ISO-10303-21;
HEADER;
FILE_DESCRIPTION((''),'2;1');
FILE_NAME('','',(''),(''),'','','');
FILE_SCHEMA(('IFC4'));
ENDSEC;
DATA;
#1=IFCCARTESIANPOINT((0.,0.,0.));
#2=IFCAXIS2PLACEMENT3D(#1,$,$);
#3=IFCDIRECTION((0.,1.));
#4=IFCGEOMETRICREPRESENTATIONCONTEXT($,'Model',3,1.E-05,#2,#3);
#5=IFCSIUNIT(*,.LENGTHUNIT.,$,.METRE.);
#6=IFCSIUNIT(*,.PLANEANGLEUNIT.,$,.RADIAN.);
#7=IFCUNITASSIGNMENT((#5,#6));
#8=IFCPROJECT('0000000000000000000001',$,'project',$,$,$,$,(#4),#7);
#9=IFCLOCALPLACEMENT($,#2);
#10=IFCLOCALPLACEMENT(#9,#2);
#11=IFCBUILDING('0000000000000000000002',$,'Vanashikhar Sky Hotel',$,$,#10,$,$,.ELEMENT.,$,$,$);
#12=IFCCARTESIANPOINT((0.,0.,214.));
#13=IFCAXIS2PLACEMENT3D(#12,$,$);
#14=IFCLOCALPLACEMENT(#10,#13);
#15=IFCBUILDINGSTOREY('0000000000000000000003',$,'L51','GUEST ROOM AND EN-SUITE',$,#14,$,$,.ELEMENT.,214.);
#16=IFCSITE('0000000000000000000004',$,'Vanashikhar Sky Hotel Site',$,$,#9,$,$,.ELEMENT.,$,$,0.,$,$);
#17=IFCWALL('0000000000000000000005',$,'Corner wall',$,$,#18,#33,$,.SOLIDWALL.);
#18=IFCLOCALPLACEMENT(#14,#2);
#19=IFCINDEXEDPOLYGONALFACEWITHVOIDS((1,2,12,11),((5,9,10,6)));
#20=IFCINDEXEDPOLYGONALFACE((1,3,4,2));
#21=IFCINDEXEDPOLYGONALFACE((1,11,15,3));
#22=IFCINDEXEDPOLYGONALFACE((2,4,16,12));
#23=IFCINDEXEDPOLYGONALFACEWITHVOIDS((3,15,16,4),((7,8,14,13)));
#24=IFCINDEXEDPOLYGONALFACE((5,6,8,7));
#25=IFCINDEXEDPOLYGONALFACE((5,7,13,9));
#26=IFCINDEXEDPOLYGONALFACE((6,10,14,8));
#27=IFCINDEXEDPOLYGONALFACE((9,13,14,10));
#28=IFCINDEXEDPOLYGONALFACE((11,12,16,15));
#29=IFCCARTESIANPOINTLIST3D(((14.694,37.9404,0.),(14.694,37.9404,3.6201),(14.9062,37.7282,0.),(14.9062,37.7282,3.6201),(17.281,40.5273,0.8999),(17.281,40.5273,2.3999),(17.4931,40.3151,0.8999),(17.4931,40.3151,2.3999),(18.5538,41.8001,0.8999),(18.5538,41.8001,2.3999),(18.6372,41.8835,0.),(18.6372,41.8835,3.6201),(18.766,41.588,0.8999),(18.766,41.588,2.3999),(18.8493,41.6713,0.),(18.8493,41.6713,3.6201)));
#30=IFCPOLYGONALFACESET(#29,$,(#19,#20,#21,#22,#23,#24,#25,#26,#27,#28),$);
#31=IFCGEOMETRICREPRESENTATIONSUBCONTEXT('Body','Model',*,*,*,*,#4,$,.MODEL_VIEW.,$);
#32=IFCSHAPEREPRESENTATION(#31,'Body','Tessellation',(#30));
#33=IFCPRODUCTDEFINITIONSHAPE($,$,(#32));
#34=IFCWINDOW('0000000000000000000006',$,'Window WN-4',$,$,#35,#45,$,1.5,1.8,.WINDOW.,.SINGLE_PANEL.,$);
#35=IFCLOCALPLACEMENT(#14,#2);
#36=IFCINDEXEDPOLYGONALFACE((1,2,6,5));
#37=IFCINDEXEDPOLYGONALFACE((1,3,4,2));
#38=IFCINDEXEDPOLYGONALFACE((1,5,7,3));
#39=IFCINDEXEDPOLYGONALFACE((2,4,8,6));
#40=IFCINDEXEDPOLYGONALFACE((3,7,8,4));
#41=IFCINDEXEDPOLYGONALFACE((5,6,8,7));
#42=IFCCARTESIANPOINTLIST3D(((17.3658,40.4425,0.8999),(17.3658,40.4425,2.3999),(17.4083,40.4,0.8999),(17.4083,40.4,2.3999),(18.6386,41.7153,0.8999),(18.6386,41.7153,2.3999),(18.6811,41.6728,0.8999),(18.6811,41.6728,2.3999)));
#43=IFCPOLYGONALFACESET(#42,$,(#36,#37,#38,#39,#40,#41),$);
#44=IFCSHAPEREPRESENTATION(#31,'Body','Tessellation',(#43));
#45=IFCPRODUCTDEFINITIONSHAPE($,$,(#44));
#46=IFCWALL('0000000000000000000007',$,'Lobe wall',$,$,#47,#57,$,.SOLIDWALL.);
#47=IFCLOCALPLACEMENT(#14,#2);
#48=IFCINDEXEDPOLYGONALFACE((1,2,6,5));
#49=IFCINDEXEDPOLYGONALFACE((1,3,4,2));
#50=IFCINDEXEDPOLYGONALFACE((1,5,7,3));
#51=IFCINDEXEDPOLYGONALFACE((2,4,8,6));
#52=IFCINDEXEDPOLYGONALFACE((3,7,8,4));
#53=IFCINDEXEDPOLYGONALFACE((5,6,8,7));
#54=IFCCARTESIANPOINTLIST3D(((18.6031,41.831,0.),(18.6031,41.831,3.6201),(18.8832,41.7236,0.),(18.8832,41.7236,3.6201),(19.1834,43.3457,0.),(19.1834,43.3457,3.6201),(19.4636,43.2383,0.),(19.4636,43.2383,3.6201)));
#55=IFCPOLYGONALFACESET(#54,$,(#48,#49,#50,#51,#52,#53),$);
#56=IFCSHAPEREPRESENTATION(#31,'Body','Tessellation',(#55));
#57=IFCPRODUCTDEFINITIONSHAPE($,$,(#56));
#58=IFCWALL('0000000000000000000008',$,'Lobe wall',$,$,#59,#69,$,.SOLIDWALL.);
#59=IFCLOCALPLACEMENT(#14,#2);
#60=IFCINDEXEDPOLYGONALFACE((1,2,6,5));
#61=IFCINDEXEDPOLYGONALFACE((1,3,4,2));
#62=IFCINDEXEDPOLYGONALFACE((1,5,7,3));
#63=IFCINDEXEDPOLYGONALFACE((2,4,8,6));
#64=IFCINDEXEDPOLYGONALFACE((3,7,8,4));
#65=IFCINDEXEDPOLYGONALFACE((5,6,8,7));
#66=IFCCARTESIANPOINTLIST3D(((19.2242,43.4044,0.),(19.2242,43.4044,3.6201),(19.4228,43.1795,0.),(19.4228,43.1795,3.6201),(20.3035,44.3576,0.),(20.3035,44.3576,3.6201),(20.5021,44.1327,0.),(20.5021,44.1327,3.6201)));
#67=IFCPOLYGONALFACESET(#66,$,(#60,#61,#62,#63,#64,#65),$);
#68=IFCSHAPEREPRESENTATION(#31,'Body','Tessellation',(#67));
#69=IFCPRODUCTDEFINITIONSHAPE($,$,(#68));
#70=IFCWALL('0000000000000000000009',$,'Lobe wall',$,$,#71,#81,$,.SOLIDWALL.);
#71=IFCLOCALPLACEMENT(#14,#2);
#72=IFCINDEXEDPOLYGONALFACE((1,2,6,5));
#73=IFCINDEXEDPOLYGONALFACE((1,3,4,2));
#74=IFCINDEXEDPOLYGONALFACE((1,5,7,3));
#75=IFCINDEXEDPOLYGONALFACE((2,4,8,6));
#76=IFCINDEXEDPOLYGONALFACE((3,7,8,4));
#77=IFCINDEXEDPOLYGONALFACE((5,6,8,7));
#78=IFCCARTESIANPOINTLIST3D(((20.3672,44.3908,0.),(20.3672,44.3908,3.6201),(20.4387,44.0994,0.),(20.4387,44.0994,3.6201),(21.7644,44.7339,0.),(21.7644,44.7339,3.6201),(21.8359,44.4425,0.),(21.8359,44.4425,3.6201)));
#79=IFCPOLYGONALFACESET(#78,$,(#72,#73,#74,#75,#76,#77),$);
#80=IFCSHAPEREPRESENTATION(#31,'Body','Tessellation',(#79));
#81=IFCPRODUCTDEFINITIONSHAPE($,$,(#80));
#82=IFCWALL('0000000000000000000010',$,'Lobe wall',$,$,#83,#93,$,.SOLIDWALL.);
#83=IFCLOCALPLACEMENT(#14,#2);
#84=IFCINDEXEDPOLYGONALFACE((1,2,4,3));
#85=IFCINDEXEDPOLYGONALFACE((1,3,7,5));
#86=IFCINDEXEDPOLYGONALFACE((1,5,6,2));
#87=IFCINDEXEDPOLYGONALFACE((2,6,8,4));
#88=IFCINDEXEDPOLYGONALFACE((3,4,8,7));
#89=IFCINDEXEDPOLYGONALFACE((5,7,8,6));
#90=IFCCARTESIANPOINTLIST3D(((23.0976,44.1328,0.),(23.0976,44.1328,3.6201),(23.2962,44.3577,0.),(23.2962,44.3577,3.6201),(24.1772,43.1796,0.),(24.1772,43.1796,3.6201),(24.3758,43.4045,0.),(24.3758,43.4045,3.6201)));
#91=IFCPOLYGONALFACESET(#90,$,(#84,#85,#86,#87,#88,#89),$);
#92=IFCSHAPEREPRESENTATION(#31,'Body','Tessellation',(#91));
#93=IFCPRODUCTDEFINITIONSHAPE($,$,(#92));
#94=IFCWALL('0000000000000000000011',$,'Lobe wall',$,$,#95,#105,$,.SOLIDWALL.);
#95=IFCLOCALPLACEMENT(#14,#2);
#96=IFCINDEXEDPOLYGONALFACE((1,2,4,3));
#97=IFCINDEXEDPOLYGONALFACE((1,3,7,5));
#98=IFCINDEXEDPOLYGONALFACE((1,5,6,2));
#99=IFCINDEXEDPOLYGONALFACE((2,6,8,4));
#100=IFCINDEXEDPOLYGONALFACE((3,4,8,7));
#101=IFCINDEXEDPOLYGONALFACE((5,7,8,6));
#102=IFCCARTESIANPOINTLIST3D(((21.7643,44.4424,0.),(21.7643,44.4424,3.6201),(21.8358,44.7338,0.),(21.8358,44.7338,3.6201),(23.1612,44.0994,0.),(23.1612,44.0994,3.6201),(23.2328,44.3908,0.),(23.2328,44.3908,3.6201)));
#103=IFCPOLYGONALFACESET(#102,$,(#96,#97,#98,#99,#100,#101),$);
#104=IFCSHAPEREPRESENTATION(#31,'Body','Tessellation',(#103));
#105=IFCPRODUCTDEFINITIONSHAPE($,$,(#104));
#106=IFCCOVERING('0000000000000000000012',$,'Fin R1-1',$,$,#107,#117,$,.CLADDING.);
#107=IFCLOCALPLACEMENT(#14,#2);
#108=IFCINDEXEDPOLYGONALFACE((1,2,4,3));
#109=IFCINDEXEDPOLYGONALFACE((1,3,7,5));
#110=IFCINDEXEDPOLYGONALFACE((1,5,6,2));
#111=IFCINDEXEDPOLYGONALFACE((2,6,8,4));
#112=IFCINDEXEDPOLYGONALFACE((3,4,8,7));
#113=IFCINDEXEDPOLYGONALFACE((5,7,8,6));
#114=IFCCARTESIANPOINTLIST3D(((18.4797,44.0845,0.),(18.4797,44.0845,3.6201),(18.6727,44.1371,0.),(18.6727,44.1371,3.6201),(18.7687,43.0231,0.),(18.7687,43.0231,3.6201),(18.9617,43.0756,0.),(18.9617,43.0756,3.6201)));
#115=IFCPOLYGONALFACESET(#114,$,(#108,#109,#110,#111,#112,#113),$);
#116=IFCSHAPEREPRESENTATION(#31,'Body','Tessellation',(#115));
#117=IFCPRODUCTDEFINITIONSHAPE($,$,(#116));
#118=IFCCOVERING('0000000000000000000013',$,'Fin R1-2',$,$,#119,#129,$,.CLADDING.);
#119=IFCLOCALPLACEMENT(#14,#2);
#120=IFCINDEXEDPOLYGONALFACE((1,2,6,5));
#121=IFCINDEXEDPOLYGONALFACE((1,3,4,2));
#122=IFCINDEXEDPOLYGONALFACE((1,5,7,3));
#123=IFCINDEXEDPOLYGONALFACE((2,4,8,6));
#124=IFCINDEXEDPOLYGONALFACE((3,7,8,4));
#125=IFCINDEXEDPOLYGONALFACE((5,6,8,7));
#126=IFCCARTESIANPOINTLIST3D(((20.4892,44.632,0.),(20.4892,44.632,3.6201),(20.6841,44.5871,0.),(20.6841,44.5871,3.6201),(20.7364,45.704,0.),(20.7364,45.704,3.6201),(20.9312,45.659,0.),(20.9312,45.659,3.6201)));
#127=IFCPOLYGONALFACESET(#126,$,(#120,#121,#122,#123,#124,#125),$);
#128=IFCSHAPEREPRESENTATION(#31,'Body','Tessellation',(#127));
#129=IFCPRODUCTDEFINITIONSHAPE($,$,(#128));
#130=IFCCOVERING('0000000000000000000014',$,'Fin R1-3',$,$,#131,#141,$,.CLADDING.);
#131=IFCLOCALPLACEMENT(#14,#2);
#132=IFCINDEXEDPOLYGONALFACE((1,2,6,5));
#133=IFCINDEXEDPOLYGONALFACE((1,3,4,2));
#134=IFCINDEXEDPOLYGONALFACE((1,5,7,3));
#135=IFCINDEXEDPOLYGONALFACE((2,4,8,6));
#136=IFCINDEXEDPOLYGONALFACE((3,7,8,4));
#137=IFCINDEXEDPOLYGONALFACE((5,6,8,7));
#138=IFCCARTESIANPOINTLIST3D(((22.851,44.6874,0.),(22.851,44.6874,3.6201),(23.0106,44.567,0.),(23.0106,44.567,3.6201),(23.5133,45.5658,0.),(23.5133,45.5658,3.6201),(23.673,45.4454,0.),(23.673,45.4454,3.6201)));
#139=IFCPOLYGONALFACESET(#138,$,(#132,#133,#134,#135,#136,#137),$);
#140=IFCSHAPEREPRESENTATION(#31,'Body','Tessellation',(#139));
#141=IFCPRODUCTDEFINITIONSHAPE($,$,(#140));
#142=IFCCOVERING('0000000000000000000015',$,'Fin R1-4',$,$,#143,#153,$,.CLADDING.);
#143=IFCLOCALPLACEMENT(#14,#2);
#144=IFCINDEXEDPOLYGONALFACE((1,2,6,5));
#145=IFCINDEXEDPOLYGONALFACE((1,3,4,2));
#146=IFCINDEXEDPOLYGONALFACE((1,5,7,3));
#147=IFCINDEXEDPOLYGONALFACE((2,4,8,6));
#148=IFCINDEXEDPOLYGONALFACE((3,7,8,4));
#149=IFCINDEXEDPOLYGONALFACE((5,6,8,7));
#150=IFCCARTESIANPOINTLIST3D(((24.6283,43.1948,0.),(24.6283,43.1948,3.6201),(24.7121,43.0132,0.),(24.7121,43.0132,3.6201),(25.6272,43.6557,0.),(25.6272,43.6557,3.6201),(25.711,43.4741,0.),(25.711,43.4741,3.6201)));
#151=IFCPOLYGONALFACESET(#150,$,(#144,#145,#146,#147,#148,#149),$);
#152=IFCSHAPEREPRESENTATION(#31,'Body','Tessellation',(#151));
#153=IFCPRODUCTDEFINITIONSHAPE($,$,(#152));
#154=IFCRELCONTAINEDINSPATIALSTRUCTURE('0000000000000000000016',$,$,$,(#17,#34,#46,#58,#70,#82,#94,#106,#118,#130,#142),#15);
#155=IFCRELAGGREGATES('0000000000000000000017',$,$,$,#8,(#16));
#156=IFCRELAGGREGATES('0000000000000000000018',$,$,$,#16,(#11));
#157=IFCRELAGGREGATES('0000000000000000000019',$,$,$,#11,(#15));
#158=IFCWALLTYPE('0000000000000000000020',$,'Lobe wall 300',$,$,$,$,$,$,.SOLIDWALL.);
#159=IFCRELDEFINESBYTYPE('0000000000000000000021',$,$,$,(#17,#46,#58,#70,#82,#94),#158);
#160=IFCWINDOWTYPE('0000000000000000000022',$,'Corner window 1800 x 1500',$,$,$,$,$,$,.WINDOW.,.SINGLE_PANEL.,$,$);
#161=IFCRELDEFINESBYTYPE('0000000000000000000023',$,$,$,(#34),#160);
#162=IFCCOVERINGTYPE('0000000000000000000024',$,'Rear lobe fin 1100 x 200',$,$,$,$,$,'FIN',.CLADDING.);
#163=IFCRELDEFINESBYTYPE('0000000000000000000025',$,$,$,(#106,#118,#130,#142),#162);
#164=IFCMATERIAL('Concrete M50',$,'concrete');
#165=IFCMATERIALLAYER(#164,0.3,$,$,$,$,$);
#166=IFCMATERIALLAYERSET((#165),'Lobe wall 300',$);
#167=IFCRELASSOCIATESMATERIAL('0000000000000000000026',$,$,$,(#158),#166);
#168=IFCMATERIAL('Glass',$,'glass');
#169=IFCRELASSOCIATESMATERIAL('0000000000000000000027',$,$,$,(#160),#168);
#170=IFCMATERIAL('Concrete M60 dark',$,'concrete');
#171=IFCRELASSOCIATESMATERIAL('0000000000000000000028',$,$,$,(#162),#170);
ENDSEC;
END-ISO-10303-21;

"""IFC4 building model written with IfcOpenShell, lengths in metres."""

from ifc_helpers import new_model, si_unit, direction, frame, frame_2d, origin, origin_2d, place, context, subcontext, project, spatial, rectangle, extrude, source, transform, mapped, material, layer, layer_set, material_profile, profile_set, type_object, element, fill, save


model = new_model("IFC4")

# Units and contexts
model_context = context("Model", 3, precision=1e-05, world=origin(), true_north=direction((0.0, 1.0)))
body_context = subcontext(model_context, "Body", "Model", "MODEL_VIEW")
ifc_project = project(units=[si_unit("LENGTHUNIT", "METRE"), si_unit("PLANEANGLEUNIT", "RADIAN")], contexts=[model_context])

# Site, building, storey
site_placement = place(None, origin())
site = spatial("IfcSite", under=ifc_project, at=site_placement, Name="Vanashikhar Sky Hotel Site", CompositionType="ELEMENT", RefElevation=0.0)
building_placement = place(site_placement, origin())
building = spatial("IfcBuilding", under=site, at=building_placement, Name="Vanashikhar Sky Hotel", CompositionType="ELEMENT")
storey_placement = place(building_placement, frame((0.0, 0.0, 214.0)))
storey = spatial("IfcBuildingStorey", under=building, at=storey_placement, Name="L51", Description="GUEST ROOM AND EN-SUITE", CompositionType="ELEMENT", Elevation=214.0)

# Wall, opening, window
ifc_material_1 = material(Name="Concrete M50", Category="concrete")
ifc_layer = layer(ifc_material_1, 0.3)
ifc_layer_set = layer_set([ifc_layer], Name="Lobe wall 300")
wall_type = type_object("IfcWallType", Name="Lobe wall 300", PredefinedType="SOLIDWALL", material=ifc_layer_set)
shared_shape_1 = source(origin(), body_context, "Body", "SweptSolid", [
    extrude(rectangle(XDim=5.5764, YDim=0.3, at=frame_2d((2.7881, 0.0))), origin(), (0.0, 0.0, 1.0), 3.6201),
])
wall_1_placement = place(storey_placement, frame((18.7432, 41.7773, 0.0), z_axis=(0.0, 0.0, 1.0), x_axis=(-0.707107, -0.707107, 0.0)))
wall_1 = element("IfcWall", 1, at=wall_1_placement, inside=storey, type_object=wall_type, Name="Corner wall", PredefinedType="SOLIDWALL", context=body_context, shape_type="MappedRepresentation", body=[
    mapped(shared_shape_1, transform((0.0, 0.0, 0.0), scale=1.0)),
])
shared_shape_2 = source(origin(), body_context, "Body", "SweptSolid", [
    extrude(rectangle(XDim=1.8, YDim=1.5, at=frame_2d((0.8999, 0.75))), frame((0.0, 0.1602, 0.0), z_axis=(0.0, -1.0, 0.0), x_axis=(1.0, 0.0, 0.0)), (0.0, 0.0, 1.0), 0.3201),
])
opening_placement = place(wall_1_placement, frame((0.1179, 0.0, 0.8999)))
opening = element("IfcOpeningElement", 2, at=opening_placement, cuts=wall_1, PredefinedType="OPENING", context=body_context, shape_type="MappedRepresentation", body=[
    mapped(shared_shape_2, transform((0.0, 0.0, 0.0), scale=1.0)),
])
ifc_material_2 = material(Name="Glass", Category="glass")
window_type = type_object("IfcWindowType", Name="Corner window 1800 x 1500", PartitioningType="SINGLE_PANEL", PredefinedType="WINDOW", material=ifc_material_2)
shared_shape_3 = source(origin(), body_context, "Body", "SweptSolid", [
    extrude(rectangle(XDim=1.8, YDim=1.5, at=frame_2d((0.8999, 0.75))), frame((0.0, 0.03, 0.0), z_axis=(0.0, -1.0, 0.0), x_axis=(1.0, 0.0, 0.0)), (0.0, 0.0, 1.0), 0.0601),
])
window_placement = place(opening_placement, origin())
window = element("IfcWindow", 3, at=window_placement, inside=storey, type_object=window_type, Name="Window WN-4", OverallHeight=1.5, OverallWidth=1.8, PartitioningType="SINGLE_PANEL", PredefinedType="WINDOW", context=body_context, shape_type="MappedRepresentation", body=[
    mapped(shared_shape_3, transform((0.0, 0.0, 0.0), scale=1.0)),
])
fill(opening, window)

# Walls
shared_shape_4 = source(origin(), body_context, "Body", "SweptSolid", [
    extrude(rectangle(XDim=1.6221, YDim=0.3, at=frame_2d((0.811, 0.0))), origin(), (0.0, 0.0, 1.0), 3.6201),
])
wall_2_placement = place(storey_placement, frame((19.3235, 43.292, 0.0), z_axis=(0.0, 0.0, 1.0), x_axis=(-0.357779, -0.933806, 0.0)))
element("IfcWall", 4, at=wall_2_placement, inside=storey, type_object=wall_type, Name="Lobe wall", PredefinedType="SOLIDWALL", context=body_context, shape_type="MappedRepresentation", body=[
    mapped(shared_shape_4, transform((0.0, 0.0, 0.0), scale=1.0)),
])
shared_shape_5 = source(origin(), body_context, "Body", "SweptSolid", [
    extrude(rectangle(XDim=1.4399, YDim=0.3, at=frame_2d((0.72, 0.0))), origin(), (0.0, 0.0, 1.0), 3.6201),
])
wall_3_placement = place(storey_placement, frame((20.4028, 44.2451, 0.0), z_axis=(0.0, 0.0, 1.0), x_axis=(-0.749576, -0.661919, 0.0)))
element("IfcWall", 5, at=wall_3_placement, inside=storey, type_object=wall_type, Name="Lobe wall", PredefinedType="SOLIDWALL", context=body_context, shape_type="MappedRepresentation", body=[
    mapped(shared_shape_5, transform((0.0, 0.0, 0.0), scale=1.0)),
])
shared_shape_6 = source(origin(), body_context, "Body", "SweptSolid", [
    extrude(rectangle(XDim=1.4387, YDim=0.3, at=frame_2d((0.7192, 0.0))), origin(), (0.0, 0.0, 1.0), 3.6201),
])
wall_4_placement = place(storey_placement, frame((21.8, 44.5881, 0.0), z_axis=(0.0, 0.0, 1.0), x_axis=(-0.971162, -0.238421, 0.0)))
element("IfcWall", 6, at=wall_4_placement, inside=storey, type_object=wall_type, Name="Lobe wall", PredefinedType="SOLIDWALL", context=body_context, shape_type="MappedRepresentation", body=[
    mapped(shared_shape_6, transform((0.0, 0.0, 0.0), scale=1.0)),
])
shared_shape_7 = source(origin(), body_context, "Body", "SweptSolid", [
    extrude(rectangle(XDim=1.4402, YDim=0.3, at=frame_2d((0.7202, 0.0))), origin(), (0.0, 0.0, 1.0), 3.6201),
])
wall_5_placement = place(storey_placement, frame((24.2766, 43.292, 0.0), z_axis=(0.0, 0.0, 1.0), x_axis=(-0.74965, 0.661835, 0.0)))
element("IfcWall", 7, at=wall_5_placement, inside=storey, type_object=wall_type, Name="Lobe wall", PredefinedType="SOLIDWALL", context=body_context, shape_type="MappedRepresentation", body=[
    mapped(shared_shape_7, transform((0.0, 0.0, 0.0), scale=1.0)),
])
shared_shape_8 = source(origin(), body_context, "Body", "SweptSolid", [
    extrude(rectangle(XDim=1.4385, YDim=0.3, at=frame_2d((0.7192, 0.0))), origin(), (0.0, 0.0, 1.0), 3.6201),
])
wall_6_placement = place(storey_placement, frame((23.197, 44.2451, 0.0), z_axis=(0.0, 0.0, 1.0), x_axis=(-0.971152, 0.23846, 0.0)))
element("IfcWall", 8, at=wall_6_placement, inside=storey, type_object=wall_type, Name="Lobe wall", PredefinedType="SOLIDWALL", context=body_context, shape_type="MappedRepresentation", body=[
    mapped(shared_shape_8, transform((0.0, 0.0, 0.0), scale=1.0)),
])

# Coverings
ifc_material_3 = material(Name="Concrete M60 dark", Category="concrete")
ifc_material_profile = material_profile(ifc_material_3, rectangle(XDim=1.1001, YDim=0.2, at=origin_2d()))
ifc_profile_set = profile_set([ifc_material_profile], Name="Rear lobe fin 1100 x 200")
covering_type = type_object("IfcCoveringType", Name="Rear lobe fin 1100 x 200", ElementType="FIN", PredefinedType="CLADDING", material=ifc_profile_set)
shared_shape_9 = source(origin(), body_context, "Body", "SweptSolid", [
    extrude(rectangle(XDim=1.1001, YDim=0.2, at=origin_2d()), origin(), (0.0, 0.0, 1.0), 3.6201),
])
for number, where, z_axis, x_axis, name in (
    (9, (18.7207, 43.5801, 0.0), (0.0, 0.0, 1.0), (-0.262711, 0.964874, 0.0), "Fin R1-1"),
    (10, (20.7102, 45.1455, 0.0), (0.0, 0.0, 1.0), (0.224645, 0.974441, 0.0), "Fin R1-2"),
    (11, (23.262, 45.0664, 0.0), (0.0, 0.0, 1.0), (0.602066, 0.798446, 0.0), "Fin R1-3"),
    (12, (25.1697, 43.3345, 0.0), (0.0, 0.0, 1.0), (0.908004, 0.418961, 0.0), "Fin R1-4"),
):
    element("IfcCovering", number, at=place(storey_placement, frame(where, z_axis=z_axis, x_axis=x_axis)), inside=storey, type_object=covering_type, Name=name, PredefinedType="CLADDING", context=body_context, shape_type="MappedRepresentation", body=[
        mapped(shared_shape_9, transform((0.0, 0.0, 0.0), scale=1.0)),
    ])

save(model, "model.ifc")
